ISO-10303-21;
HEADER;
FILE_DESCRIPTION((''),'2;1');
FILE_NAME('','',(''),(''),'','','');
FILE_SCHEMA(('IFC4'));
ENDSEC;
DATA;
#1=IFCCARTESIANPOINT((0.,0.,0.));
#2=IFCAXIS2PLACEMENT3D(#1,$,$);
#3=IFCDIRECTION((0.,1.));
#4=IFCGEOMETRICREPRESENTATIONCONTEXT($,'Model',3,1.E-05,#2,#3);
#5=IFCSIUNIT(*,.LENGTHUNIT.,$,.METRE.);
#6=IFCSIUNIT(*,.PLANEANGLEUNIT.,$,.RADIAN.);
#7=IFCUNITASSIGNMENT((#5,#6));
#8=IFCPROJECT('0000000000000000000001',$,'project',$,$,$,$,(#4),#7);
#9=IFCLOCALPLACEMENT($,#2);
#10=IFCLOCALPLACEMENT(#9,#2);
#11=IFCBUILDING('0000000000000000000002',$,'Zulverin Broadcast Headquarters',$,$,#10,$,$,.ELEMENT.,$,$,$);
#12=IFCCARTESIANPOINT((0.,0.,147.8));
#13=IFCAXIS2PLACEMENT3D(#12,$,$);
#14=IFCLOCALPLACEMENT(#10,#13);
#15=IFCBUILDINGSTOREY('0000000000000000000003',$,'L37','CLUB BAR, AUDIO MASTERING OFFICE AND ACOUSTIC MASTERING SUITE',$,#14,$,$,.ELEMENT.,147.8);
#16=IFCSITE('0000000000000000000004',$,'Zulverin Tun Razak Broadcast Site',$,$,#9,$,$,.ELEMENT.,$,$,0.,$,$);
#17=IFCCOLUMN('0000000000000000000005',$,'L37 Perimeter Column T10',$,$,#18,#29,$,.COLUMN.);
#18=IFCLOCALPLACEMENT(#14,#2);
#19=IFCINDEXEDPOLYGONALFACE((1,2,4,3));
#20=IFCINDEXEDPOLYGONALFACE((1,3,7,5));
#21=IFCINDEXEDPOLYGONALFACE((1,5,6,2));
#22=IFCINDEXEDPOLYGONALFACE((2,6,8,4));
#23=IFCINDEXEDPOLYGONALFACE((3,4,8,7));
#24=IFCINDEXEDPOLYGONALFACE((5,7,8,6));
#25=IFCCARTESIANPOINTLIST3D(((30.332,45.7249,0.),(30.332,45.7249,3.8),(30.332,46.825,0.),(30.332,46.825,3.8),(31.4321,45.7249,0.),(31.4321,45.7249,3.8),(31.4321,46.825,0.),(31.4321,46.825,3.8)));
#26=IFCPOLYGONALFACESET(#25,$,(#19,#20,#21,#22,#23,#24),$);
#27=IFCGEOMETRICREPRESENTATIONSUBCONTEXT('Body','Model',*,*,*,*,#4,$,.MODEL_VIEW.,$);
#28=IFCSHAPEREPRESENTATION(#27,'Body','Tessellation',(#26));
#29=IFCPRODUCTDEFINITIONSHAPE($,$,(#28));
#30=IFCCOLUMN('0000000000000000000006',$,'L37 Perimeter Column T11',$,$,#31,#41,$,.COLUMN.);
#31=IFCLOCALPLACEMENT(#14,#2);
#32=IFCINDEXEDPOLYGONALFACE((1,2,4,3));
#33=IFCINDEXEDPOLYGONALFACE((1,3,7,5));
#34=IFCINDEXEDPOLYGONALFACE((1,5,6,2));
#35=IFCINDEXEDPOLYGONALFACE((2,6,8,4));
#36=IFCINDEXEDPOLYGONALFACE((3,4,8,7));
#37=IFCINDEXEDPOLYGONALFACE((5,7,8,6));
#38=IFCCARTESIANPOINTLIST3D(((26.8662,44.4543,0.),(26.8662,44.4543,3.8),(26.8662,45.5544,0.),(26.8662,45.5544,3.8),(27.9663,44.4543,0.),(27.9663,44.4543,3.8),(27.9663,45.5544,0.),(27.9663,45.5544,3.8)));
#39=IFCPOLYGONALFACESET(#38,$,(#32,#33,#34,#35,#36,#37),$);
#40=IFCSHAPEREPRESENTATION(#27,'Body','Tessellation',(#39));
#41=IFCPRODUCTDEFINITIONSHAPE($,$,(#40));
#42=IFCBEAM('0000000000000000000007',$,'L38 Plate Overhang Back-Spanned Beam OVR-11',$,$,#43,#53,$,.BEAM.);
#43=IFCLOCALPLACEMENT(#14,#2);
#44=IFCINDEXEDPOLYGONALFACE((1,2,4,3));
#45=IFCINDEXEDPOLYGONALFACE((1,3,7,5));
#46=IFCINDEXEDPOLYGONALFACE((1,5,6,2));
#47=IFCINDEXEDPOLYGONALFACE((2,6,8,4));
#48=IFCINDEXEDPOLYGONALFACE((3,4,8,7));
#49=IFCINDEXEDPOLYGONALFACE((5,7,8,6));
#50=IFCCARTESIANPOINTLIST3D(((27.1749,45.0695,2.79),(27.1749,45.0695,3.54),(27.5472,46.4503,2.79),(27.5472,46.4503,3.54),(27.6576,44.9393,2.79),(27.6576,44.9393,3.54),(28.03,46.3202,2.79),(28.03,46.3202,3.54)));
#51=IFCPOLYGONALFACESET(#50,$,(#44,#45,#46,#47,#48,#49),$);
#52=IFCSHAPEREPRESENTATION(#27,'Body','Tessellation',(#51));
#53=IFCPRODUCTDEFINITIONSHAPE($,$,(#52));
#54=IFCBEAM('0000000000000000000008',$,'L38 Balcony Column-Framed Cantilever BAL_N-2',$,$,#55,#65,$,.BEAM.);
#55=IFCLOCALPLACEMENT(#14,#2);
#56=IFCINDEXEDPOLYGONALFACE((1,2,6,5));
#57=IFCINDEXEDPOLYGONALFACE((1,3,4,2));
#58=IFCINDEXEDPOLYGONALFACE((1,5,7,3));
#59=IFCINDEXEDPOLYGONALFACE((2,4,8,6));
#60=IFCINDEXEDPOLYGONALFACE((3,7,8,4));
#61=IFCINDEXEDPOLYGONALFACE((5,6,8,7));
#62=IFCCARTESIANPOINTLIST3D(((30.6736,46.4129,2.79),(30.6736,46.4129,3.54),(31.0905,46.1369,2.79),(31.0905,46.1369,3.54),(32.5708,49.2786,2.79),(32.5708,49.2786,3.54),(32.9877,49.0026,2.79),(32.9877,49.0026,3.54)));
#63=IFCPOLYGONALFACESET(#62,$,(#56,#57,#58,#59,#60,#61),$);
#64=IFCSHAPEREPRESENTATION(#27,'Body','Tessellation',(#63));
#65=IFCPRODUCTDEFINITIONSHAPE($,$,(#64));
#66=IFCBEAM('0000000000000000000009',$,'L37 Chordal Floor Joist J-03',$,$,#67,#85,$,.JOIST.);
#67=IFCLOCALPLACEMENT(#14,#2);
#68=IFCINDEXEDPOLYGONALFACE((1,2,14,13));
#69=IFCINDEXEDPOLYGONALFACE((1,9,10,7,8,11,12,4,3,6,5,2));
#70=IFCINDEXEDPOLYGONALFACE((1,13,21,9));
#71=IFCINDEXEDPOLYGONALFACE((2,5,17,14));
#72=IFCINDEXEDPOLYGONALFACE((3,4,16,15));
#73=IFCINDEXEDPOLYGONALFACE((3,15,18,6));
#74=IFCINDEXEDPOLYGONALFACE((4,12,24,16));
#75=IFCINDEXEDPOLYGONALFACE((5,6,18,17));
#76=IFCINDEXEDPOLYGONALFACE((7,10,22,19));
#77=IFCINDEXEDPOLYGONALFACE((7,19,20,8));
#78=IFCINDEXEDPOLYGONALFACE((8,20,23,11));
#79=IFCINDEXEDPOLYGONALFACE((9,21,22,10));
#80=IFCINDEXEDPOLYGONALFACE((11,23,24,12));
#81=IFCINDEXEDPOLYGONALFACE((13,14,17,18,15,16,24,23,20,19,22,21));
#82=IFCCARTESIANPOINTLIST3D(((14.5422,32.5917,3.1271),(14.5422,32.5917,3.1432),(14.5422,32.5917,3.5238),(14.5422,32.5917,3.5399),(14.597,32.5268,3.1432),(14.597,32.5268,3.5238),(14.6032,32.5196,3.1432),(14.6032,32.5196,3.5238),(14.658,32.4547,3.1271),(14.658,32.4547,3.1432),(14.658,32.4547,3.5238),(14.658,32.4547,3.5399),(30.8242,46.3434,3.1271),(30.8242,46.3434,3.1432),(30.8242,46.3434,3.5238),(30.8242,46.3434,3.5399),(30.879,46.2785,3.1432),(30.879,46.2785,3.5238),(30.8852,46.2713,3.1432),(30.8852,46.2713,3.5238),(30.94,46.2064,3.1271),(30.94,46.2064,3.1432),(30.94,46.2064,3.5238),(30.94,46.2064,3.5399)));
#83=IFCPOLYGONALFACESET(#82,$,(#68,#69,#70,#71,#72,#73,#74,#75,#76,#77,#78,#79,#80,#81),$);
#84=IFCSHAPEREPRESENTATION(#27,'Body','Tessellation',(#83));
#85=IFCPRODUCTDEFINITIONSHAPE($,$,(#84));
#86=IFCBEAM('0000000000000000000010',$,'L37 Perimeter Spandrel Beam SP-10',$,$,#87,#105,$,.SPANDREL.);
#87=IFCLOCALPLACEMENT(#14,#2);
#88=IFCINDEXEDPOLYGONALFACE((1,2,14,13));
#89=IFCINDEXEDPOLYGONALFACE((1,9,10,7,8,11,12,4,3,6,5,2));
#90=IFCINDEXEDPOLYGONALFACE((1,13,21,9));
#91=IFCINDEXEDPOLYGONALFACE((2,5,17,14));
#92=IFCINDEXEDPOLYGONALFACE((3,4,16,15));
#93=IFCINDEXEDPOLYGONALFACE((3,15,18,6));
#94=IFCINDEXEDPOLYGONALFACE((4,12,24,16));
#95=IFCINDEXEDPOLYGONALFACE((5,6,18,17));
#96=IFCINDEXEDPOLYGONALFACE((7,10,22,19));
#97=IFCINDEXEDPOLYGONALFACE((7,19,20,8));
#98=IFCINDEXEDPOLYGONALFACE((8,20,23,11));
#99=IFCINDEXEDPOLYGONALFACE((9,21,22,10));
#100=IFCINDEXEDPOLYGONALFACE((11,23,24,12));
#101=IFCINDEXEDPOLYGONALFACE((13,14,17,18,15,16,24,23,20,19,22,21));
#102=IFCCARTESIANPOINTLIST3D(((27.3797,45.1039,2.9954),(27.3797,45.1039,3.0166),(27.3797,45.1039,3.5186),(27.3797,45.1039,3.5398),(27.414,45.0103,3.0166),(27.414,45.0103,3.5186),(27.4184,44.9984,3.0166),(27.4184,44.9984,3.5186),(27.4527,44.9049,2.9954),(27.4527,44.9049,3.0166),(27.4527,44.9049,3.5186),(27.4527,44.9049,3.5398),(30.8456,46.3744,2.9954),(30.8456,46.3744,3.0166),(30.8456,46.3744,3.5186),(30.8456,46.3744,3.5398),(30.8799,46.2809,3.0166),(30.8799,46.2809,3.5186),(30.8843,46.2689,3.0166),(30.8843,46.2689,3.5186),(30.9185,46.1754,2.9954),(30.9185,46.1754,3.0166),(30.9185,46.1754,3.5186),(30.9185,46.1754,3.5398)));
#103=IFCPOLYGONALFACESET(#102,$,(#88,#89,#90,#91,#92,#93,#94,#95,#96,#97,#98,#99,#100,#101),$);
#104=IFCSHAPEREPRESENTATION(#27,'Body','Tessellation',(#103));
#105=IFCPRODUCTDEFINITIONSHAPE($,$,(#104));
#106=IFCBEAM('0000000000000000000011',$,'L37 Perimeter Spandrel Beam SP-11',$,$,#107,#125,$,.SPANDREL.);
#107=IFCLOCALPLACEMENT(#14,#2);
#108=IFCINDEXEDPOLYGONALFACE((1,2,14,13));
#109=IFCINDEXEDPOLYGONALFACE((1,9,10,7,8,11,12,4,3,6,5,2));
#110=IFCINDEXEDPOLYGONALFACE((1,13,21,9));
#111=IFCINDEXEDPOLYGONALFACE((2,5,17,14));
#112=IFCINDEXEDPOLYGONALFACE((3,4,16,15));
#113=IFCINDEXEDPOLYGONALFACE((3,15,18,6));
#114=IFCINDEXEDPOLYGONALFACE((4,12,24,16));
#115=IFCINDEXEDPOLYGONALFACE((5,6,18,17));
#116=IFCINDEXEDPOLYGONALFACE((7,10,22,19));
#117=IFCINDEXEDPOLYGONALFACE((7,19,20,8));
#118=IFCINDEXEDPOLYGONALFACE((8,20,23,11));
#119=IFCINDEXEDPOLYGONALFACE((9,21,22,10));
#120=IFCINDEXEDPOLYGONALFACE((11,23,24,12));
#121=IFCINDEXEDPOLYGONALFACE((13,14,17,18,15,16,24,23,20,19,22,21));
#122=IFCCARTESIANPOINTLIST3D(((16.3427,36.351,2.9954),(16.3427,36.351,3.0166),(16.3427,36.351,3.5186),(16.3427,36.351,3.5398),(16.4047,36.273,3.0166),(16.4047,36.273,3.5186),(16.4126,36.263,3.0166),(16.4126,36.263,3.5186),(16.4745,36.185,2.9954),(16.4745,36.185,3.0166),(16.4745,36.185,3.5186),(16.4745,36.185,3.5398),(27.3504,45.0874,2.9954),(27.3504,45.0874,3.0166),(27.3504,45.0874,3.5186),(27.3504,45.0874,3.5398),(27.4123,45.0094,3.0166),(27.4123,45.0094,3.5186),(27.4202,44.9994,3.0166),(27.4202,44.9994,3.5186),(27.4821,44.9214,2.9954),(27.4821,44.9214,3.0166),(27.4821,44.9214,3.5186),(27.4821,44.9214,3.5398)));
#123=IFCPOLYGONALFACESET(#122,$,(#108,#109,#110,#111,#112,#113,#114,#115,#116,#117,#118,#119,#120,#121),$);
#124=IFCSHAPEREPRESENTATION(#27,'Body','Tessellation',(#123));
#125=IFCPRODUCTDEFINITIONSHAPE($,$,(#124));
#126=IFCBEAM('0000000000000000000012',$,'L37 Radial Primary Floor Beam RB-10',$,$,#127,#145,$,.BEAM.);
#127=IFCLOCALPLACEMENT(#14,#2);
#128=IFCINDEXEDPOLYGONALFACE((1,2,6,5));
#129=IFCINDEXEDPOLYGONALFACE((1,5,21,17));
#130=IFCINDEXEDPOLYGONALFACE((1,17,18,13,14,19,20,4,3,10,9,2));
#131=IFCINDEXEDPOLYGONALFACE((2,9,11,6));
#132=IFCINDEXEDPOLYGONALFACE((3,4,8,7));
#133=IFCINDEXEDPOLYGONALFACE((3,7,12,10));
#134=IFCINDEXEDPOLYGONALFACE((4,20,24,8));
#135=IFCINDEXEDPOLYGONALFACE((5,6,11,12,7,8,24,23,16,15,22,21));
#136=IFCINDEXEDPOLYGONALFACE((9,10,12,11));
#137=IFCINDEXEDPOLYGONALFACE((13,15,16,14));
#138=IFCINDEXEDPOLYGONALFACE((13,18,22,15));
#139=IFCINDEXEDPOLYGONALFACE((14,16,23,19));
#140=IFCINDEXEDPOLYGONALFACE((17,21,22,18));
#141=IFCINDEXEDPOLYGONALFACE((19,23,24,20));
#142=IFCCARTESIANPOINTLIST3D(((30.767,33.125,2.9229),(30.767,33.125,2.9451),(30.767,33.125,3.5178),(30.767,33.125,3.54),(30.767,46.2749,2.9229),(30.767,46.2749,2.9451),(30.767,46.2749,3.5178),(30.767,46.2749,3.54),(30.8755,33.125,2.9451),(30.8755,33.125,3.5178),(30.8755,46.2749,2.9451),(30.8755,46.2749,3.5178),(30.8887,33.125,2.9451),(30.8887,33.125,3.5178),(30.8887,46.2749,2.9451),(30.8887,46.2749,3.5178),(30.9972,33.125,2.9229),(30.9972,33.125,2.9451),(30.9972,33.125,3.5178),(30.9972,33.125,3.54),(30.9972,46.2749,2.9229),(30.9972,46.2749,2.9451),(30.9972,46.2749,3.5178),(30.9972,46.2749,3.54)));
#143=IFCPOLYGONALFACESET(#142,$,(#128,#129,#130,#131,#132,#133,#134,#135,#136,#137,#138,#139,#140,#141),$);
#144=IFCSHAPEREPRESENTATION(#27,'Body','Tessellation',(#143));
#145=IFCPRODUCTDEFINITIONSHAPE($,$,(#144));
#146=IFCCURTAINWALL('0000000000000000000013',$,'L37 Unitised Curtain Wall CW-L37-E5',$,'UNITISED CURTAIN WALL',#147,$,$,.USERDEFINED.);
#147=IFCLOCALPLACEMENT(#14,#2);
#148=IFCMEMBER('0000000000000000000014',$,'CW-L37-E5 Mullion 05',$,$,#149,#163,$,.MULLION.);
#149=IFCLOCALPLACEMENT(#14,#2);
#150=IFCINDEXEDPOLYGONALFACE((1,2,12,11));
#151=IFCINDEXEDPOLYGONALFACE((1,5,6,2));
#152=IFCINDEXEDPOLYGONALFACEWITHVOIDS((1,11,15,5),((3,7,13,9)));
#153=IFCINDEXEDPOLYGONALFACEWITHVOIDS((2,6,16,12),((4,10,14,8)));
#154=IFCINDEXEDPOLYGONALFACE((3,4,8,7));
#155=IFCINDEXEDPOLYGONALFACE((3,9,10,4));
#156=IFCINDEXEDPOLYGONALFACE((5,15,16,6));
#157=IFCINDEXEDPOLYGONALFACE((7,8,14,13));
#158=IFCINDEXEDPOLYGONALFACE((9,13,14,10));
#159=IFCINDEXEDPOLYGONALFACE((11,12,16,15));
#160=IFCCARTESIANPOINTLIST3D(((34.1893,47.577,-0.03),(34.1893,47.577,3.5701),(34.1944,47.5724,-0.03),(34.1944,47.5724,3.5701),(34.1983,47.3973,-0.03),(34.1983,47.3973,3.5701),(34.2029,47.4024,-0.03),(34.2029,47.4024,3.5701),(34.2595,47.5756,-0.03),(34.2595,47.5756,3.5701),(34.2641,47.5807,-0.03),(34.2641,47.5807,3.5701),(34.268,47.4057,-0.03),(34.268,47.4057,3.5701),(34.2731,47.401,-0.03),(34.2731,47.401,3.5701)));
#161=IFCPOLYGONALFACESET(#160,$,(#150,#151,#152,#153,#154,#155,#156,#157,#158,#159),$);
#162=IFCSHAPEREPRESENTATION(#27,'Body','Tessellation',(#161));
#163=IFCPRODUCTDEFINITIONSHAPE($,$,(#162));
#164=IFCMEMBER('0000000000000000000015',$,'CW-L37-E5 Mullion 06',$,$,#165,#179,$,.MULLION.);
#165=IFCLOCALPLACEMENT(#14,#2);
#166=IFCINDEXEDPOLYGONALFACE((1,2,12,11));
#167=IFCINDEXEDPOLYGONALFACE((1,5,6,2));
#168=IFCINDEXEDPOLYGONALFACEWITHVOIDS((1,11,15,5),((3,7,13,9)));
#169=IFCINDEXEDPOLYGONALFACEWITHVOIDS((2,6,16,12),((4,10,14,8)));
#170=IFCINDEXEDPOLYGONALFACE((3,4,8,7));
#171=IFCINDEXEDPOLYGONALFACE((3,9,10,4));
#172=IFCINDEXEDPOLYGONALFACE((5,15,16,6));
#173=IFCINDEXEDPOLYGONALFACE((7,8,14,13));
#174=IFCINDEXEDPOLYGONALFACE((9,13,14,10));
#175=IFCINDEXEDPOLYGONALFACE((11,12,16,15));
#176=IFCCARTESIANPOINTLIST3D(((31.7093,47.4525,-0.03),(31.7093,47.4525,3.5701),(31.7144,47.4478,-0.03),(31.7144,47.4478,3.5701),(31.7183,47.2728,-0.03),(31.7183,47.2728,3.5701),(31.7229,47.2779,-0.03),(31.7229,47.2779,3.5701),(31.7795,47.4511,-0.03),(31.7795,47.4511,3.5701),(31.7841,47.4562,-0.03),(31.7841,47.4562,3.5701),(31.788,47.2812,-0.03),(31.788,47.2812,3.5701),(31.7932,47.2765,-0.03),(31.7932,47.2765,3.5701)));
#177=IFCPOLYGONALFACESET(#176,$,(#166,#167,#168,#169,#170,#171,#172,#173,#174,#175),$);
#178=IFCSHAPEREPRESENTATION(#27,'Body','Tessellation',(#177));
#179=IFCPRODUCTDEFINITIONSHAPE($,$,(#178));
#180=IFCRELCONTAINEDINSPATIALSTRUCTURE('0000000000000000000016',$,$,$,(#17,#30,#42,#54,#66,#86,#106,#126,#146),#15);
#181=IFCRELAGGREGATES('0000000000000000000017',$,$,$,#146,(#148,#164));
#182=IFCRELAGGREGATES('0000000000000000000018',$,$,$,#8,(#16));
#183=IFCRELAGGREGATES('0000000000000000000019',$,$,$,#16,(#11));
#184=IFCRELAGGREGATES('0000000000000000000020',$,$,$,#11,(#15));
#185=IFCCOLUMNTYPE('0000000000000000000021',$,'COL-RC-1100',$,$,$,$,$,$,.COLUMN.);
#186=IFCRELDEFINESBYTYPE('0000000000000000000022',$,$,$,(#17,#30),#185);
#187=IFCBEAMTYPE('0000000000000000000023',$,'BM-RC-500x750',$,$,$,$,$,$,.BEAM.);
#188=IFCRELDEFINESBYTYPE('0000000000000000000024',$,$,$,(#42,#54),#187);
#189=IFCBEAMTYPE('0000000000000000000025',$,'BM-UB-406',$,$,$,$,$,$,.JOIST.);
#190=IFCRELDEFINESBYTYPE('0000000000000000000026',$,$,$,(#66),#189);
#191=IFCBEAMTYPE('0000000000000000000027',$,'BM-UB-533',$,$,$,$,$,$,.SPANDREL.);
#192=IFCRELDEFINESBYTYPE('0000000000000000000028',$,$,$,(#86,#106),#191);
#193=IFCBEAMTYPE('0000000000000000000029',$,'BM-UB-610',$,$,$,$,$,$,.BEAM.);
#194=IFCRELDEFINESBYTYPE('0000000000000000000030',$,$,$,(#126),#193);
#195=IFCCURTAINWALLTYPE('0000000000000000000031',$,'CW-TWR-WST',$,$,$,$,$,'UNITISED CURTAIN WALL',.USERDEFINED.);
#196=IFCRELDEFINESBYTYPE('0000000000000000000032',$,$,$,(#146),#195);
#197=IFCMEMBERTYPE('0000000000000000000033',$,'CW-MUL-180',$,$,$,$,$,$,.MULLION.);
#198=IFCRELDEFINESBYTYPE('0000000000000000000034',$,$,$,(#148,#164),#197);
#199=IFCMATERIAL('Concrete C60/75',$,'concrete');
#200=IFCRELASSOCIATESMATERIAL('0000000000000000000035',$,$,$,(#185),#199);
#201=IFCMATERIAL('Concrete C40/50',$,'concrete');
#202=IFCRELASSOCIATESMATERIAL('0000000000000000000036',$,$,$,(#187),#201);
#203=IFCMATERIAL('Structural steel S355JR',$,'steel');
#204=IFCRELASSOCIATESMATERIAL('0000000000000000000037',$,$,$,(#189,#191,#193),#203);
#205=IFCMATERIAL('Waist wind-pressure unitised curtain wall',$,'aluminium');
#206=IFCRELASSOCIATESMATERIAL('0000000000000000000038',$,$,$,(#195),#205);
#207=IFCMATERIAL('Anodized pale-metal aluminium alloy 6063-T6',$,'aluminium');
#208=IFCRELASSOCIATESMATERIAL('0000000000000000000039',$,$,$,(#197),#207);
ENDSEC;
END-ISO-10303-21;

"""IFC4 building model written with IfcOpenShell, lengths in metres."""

from ifc_helpers import new_model, si_unit, direction, frame, origin, origin_2d, place, context, subcontext, project, spatial, rectangle, hollow_rectangle, i_section, extrude, material, material_profile, profile_set, type_object, element, aggregate, save


model = new_model("IFC4")

# Units and contexts
model_context = context("Model", 3, precision=1e-05, world=origin(), true_north=direction((0.0, 1.0)))
body_context = subcontext(model_context, "Body", "Model", "MODEL_VIEW")
ifc_project = project(units=[si_unit("LENGTHUNIT", "METRE"), si_unit("PLANEANGLEUNIT", "RADIAN")], contexts=[model_context])

# Site, building, storey
site_placement = place(None, origin())
site = spatial("IfcSite", under=ifc_project, at=site_placement, Name="Zulverin Tun Razak Broadcast Site", CompositionType="ELEMENT", RefElevation=0.0)
building_placement = place(site_placement, origin())
building = spatial("IfcBuilding", under=site, at=building_placement, Name="Zulverin Broadcast Headquarters", CompositionType="ELEMENT")
storey_placement = place(building_placement, frame((0.0, 0.0, 147.8)))
storey = spatial("IfcBuildingStorey", under=building, at=storey_placement, Name="L37", Description="CLUB BAR, AUDIO MASTERING OFFICE AND ACOUSTIC MASTERING SUITE", CompositionType="ELEMENT", Elevation=147.8)

# Columns
ifc_material_1 = material(Name="Concrete C60/75", Category="concrete")
ifc_material_profile_1 = material_profile(ifc_material_1, rectangle(XDim=1.1001, YDim=1.1001, at=origin_2d()), Name="Concrete C60/75", Category="concrete")
ifc_profile_set_1 = profile_set([ifc_material_profile_1], Name="Concrete C60/75")
column_type = type_object("IfcColumnType", Name="COL-RC-1100", PredefinedType="COLUMN", material=ifc_profile_set_1)
for number, where, z_axis, x_axis, name in (
    (1, (30.8821, 46.2749, 0.0), (0.0, 0.0, 1.0), (1.0, 0.0, 0.0), "L37 Perimeter Column T10"),
    (2, (27.4163, 45.0044, 0.0), (0.0, 0.0, 1.0), (1.0, 0.0, 0.0), "L37 Perimeter Column T11"),
):
    element("IfcColumn", number, at=place(storey_placement, frame(where, z_axis=z_axis, x_axis=x_axis)), inside=storey, type_object=column_type, Name=name, PredefinedType="COLUMN", context=body_context, shape_type="SweptSolid", body=[
        extrude(rectangle(XDim=1.1001, YDim=1.1001, at=origin_2d()), origin(), (0.0, 0.0, 1.0), 3.8),
    ])

# Beams
ifc_material_2 = material(Name="Concrete C40/50", Category="concrete")
ifc_material_profile_2 = material_profile(ifc_material_2, rectangle(XDim=0.5, YDim=0.75, at=origin_2d()), Name="Concrete C40/50", Category="concrete")
ifc_profile_set_2 = profile_set([ifc_material_profile_2], Name="Concrete C40/50")
beam_type_1 = type_object("IfcBeamType", Name="BM-RC-500x750", PredefinedType="BEAM", material=ifc_profile_set_2)
beam_1_placement = place(storey_placement, frame((27.4163, 45.0044, 3.165), z_axis=(0.260329, 0.96552, 0.0), x_axis=(-0.96552, 0.260329, 0.0)))
element("IfcBeam", 3, at=beam_1_placement, inside=storey, type_object=beam_type_1, Name="L38 Plate Overhang Back-Spanned Beam OVR-11", PredefinedType="BEAM", context=body_context, shape_type="SweptSolid", body=[
    extrude(rectangle(XDim=0.5, YDim=0.75, at=origin_2d()), origin(), (0.0, 0.0, 1.0), 1.4302),
])
beam_2_placement = place(storey_placement, frame((30.8821, 46.2749, 3.165), z_axis=(0.552025, 0.833827, 0.0), x_axis=(-0.833827, 0.552025, 0.0)))
element("IfcBeam", 4, at=beam_2_placement, inside=storey, type_object=beam_type_1, Name="L38 Balcony Column-Framed Cantilever BAL_N-2", PredefinedType="BEAM", context=body_context, shape_type="SweptSolid", body=[
    extrude(rectangle(XDim=0.5, YDim=0.75, at=origin_2d()), origin(), (0.0, 0.0, 1.0), 3.4368),
])
ifc_material_3 = material(Name="Structural steel S355JR", Category="steel")
ifc_material_profile_3 = material_profile(ifc_material_3, i_section(OverallWidth=0.1794, OverallDepth=0.4128, WebThickness=0.0095, FlangeThickness=0.0161, at=origin_2d()), Name="Structural steel S355JR", Category="steel")
ifc_profile_set_3 = profile_set([ifc_material_profile_3], Name="Structural steel S355JR")
beam_type_2 = type_object("IfcBeamType", Name="BM-UB-406", PredefinedType="JOIST", material=ifc_profile_set_3)
beam_3_placement = place(storey_placement, frame((30.8821, 46.2749, 3.3335), z_axis=(-0.763973, -0.645249, 0.0), x_axis=(0.645249, -0.763973, 0.0)))
element("IfcBeam", 5, at=beam_3_placement, inside=storey, type_object=beam_type_2, Name="L37 Chordal Floor Joist J-03", PredefinedType="JOIST", context=body_context, shape_type="SweptSolid", body=[
    extrude(i_section(OverallWidth=0.1794, OverallDepth=0.4128, WebThickness=0.0095, FlangeThickness=0.0161, at=origin_2d()), origin(), (0.0, 0.0, 1.0), 21.3123),
])
ifc_material_profile_4 = material_profile(ifc_material_3, i_section(OverallWidth=0.2119, OverallDepth=0.5444, WebThickness=0.0127, FlangeThickness=0.0212, at=origin_2d()), Name="Structural steel S355JR", Category="steel")
ifc_profile_set_4 = profile_set([ifc_material_profile_4], Name="Structural steel S355JR")
beam_type_3 = type_object("IfcBeamType", Name="BM-UB-533", PredefinedType="SPANDREL", material=ifc_profile_set_4)
beam_4_placement = place(storey_placement, frame((30.8821, 46.2749, 3.2676), z_axis=(-0.938902, -0.344185, 0.0), x_axis=(0.344185, -0.938902, 0.0)))
element("IfcBeam", 6, at=beam_4_placement, inside=storey, type_object=beam_type_3, Name="L37 Perimeter Spandrel Beam SP-10", PredefinedType="SPANDREL", context=body_context, shape_type="SweptSolid", body=[
    extrude(i_section(OverallWidth=0.2119, OverallDepth=0.5444, WebThickness=0.0127, FlangeThickness=0.0212, at=origin_2d()), origin(), (0.0, 0.0, 1.0), 3.6914),
])
beam_5_placement = place(storey_placement, frame((27.4163, 45.0044, 3.2676), z_axis=(-0.783283, -0.621665, 0.0), x_axis=(0.621665, -0.783283, 0.0)))
element("IfcBeam", 7, at=beam_5_placement, inside=storey, type_object=beam_type_3, Name="L37 Perimeter Spandrel Beam SP-11", PredefinedType="SPANDREL", context=body_context, shape_type="SweptSolid", body=[
    extrude(i_section(OverallWidth=0.2119, OverallDepth=0.5444, WebThickness=0.0127, FlangeThickness=0.0212, at=origin_2d()), origin(), (0.0, 0.0, 1.0), 14.0532),
])
ifc_material_profile_5 = material_profile(ifc_material_3, i_section(OverallWidth=0.2302, OverallDepth=0.6172, WebThickness=0.0132, FlangeThickness=0.0222, at=origin_2d()), Name="Structural steel S355JR", Category="steel")
ifc_profile_set_5 = profile_set([ifc_material_profile_5], Name="Structural steel S355JR")
beam_type_4 = type_object("IfcBeamType", Name="BM-UB-610", PredefinedType="BEAM", material=ifc_profile_set_5)
beam_6_placement = place(storey_placement, frame((30.8821, 33.125, 3.2314), z_axis=(0.0, 1.0, 0.0), x_axis=(-1.0, 0.0, 0.0)))
element("IfcBeam", 8, at=beam_6_placement, inside=storey, type_object=beam_type_4, Name="L37 Radial Primary Floor Beam RB-10", PredefinedType="BEAM", context=body_context, shape_type="SweptSolid", body=[
    extrude(i_section(OverallWidth=0.2302, OverallDepth=0.6172, WebThickness=0.0132, FlangeThickness=0.0222, at=origin_2d()), origin(), (0.0, 0.0, 1.0), 13.1499),
])

# Curtain wall, members
ifc_material_4 = material(Name="Waist wind-pressure unitised curtain wall", Category="aluminium")
curtain_wall_type = type_object("IfcCurtainWallType", Name="CW-TWR-WST", ElementType="UNITISED CURTAIN WALL", PredefinedType="USERDEFINED", material=ifc_material_4)
curtain_wall_placement = place(storey_placement, origin())
curtain_wall = element("IfcCurtainWall", 9, at=curtain_wall_placement, inside=storey, type_object=curtain_wall_type, Name="L37 Unitised Curtain Wall CW-L37-E5", ObjectType="UNITISED CURTAIN WALL", PredefinedType="USERDEFINED")
ifc_material_5 = material(Name="Anodized pale-metal aluminium alloy 6063-T6", Category="aluminium")
ifc_material_profile_6 = material_profile(ifc_material_5, hollow_rectangle(XDim=0.075, YDim=0.1799, WallThickness=0.0049, at=origin_2d()), Name="Anodized pale-metal aluminium alloy 6063-T6", Category="aluminium")
ifc_profile_set_6 = profile_set([ifc_material_profile_6], Name="Anodized pale-metal aluminium alloy 6063-T6")
member_type = type_object("IfcMemberType", Name="CW-MUL-180", PredefinedType="MULLION", material=ifc_profile_set_6)
member_1_placement = place(storey_placement, frame((34.2312, 47.489, -0.03), z_axis=(0.0, 0.0, 1.0), x_axis=(-0.998744, -0.050105, 0.0)))
member_1 = element("IfcMember", 10, at=member_1_placement, type_object=member_type, Name="CW-L37-E5 Mullion 05", PredefinedType="MULLION", context=body_context, shape_type="SweptSolid", body=[
    extrude(hollow_rectangle(XDim=0.075, YDim=0.1799, WallThickness=0.0049, at=origin_2d()), origin(), (0.0, 0.0, 1.0), 3.6001),
])
member_2_placement = place(storey_placement, frame((31.7512, 47.3645, -0.03), z_axis=(0.0, 0.0, 1.0), x_axis=(-0.998744, -0.050105, 0.0)))
member_2 = element("IfcMember", 11, at=member_2_placement, type_object=member_type, Name="CW-L37-E5 Mullion 06", PredefinedType="MULLION", context=body_context, shape_type="SweptSolid", body=[
    extrude(hollow_rectangle(XDim=0.075, YDim=0.1799, WallThickness=0.0049, at=origin_2d()), origin(), (0.0, 0.0, 1.0), 3.6001),
])
aggregate(curtain_wall, [member_1, member_2])

save(model, "model.ifc")
